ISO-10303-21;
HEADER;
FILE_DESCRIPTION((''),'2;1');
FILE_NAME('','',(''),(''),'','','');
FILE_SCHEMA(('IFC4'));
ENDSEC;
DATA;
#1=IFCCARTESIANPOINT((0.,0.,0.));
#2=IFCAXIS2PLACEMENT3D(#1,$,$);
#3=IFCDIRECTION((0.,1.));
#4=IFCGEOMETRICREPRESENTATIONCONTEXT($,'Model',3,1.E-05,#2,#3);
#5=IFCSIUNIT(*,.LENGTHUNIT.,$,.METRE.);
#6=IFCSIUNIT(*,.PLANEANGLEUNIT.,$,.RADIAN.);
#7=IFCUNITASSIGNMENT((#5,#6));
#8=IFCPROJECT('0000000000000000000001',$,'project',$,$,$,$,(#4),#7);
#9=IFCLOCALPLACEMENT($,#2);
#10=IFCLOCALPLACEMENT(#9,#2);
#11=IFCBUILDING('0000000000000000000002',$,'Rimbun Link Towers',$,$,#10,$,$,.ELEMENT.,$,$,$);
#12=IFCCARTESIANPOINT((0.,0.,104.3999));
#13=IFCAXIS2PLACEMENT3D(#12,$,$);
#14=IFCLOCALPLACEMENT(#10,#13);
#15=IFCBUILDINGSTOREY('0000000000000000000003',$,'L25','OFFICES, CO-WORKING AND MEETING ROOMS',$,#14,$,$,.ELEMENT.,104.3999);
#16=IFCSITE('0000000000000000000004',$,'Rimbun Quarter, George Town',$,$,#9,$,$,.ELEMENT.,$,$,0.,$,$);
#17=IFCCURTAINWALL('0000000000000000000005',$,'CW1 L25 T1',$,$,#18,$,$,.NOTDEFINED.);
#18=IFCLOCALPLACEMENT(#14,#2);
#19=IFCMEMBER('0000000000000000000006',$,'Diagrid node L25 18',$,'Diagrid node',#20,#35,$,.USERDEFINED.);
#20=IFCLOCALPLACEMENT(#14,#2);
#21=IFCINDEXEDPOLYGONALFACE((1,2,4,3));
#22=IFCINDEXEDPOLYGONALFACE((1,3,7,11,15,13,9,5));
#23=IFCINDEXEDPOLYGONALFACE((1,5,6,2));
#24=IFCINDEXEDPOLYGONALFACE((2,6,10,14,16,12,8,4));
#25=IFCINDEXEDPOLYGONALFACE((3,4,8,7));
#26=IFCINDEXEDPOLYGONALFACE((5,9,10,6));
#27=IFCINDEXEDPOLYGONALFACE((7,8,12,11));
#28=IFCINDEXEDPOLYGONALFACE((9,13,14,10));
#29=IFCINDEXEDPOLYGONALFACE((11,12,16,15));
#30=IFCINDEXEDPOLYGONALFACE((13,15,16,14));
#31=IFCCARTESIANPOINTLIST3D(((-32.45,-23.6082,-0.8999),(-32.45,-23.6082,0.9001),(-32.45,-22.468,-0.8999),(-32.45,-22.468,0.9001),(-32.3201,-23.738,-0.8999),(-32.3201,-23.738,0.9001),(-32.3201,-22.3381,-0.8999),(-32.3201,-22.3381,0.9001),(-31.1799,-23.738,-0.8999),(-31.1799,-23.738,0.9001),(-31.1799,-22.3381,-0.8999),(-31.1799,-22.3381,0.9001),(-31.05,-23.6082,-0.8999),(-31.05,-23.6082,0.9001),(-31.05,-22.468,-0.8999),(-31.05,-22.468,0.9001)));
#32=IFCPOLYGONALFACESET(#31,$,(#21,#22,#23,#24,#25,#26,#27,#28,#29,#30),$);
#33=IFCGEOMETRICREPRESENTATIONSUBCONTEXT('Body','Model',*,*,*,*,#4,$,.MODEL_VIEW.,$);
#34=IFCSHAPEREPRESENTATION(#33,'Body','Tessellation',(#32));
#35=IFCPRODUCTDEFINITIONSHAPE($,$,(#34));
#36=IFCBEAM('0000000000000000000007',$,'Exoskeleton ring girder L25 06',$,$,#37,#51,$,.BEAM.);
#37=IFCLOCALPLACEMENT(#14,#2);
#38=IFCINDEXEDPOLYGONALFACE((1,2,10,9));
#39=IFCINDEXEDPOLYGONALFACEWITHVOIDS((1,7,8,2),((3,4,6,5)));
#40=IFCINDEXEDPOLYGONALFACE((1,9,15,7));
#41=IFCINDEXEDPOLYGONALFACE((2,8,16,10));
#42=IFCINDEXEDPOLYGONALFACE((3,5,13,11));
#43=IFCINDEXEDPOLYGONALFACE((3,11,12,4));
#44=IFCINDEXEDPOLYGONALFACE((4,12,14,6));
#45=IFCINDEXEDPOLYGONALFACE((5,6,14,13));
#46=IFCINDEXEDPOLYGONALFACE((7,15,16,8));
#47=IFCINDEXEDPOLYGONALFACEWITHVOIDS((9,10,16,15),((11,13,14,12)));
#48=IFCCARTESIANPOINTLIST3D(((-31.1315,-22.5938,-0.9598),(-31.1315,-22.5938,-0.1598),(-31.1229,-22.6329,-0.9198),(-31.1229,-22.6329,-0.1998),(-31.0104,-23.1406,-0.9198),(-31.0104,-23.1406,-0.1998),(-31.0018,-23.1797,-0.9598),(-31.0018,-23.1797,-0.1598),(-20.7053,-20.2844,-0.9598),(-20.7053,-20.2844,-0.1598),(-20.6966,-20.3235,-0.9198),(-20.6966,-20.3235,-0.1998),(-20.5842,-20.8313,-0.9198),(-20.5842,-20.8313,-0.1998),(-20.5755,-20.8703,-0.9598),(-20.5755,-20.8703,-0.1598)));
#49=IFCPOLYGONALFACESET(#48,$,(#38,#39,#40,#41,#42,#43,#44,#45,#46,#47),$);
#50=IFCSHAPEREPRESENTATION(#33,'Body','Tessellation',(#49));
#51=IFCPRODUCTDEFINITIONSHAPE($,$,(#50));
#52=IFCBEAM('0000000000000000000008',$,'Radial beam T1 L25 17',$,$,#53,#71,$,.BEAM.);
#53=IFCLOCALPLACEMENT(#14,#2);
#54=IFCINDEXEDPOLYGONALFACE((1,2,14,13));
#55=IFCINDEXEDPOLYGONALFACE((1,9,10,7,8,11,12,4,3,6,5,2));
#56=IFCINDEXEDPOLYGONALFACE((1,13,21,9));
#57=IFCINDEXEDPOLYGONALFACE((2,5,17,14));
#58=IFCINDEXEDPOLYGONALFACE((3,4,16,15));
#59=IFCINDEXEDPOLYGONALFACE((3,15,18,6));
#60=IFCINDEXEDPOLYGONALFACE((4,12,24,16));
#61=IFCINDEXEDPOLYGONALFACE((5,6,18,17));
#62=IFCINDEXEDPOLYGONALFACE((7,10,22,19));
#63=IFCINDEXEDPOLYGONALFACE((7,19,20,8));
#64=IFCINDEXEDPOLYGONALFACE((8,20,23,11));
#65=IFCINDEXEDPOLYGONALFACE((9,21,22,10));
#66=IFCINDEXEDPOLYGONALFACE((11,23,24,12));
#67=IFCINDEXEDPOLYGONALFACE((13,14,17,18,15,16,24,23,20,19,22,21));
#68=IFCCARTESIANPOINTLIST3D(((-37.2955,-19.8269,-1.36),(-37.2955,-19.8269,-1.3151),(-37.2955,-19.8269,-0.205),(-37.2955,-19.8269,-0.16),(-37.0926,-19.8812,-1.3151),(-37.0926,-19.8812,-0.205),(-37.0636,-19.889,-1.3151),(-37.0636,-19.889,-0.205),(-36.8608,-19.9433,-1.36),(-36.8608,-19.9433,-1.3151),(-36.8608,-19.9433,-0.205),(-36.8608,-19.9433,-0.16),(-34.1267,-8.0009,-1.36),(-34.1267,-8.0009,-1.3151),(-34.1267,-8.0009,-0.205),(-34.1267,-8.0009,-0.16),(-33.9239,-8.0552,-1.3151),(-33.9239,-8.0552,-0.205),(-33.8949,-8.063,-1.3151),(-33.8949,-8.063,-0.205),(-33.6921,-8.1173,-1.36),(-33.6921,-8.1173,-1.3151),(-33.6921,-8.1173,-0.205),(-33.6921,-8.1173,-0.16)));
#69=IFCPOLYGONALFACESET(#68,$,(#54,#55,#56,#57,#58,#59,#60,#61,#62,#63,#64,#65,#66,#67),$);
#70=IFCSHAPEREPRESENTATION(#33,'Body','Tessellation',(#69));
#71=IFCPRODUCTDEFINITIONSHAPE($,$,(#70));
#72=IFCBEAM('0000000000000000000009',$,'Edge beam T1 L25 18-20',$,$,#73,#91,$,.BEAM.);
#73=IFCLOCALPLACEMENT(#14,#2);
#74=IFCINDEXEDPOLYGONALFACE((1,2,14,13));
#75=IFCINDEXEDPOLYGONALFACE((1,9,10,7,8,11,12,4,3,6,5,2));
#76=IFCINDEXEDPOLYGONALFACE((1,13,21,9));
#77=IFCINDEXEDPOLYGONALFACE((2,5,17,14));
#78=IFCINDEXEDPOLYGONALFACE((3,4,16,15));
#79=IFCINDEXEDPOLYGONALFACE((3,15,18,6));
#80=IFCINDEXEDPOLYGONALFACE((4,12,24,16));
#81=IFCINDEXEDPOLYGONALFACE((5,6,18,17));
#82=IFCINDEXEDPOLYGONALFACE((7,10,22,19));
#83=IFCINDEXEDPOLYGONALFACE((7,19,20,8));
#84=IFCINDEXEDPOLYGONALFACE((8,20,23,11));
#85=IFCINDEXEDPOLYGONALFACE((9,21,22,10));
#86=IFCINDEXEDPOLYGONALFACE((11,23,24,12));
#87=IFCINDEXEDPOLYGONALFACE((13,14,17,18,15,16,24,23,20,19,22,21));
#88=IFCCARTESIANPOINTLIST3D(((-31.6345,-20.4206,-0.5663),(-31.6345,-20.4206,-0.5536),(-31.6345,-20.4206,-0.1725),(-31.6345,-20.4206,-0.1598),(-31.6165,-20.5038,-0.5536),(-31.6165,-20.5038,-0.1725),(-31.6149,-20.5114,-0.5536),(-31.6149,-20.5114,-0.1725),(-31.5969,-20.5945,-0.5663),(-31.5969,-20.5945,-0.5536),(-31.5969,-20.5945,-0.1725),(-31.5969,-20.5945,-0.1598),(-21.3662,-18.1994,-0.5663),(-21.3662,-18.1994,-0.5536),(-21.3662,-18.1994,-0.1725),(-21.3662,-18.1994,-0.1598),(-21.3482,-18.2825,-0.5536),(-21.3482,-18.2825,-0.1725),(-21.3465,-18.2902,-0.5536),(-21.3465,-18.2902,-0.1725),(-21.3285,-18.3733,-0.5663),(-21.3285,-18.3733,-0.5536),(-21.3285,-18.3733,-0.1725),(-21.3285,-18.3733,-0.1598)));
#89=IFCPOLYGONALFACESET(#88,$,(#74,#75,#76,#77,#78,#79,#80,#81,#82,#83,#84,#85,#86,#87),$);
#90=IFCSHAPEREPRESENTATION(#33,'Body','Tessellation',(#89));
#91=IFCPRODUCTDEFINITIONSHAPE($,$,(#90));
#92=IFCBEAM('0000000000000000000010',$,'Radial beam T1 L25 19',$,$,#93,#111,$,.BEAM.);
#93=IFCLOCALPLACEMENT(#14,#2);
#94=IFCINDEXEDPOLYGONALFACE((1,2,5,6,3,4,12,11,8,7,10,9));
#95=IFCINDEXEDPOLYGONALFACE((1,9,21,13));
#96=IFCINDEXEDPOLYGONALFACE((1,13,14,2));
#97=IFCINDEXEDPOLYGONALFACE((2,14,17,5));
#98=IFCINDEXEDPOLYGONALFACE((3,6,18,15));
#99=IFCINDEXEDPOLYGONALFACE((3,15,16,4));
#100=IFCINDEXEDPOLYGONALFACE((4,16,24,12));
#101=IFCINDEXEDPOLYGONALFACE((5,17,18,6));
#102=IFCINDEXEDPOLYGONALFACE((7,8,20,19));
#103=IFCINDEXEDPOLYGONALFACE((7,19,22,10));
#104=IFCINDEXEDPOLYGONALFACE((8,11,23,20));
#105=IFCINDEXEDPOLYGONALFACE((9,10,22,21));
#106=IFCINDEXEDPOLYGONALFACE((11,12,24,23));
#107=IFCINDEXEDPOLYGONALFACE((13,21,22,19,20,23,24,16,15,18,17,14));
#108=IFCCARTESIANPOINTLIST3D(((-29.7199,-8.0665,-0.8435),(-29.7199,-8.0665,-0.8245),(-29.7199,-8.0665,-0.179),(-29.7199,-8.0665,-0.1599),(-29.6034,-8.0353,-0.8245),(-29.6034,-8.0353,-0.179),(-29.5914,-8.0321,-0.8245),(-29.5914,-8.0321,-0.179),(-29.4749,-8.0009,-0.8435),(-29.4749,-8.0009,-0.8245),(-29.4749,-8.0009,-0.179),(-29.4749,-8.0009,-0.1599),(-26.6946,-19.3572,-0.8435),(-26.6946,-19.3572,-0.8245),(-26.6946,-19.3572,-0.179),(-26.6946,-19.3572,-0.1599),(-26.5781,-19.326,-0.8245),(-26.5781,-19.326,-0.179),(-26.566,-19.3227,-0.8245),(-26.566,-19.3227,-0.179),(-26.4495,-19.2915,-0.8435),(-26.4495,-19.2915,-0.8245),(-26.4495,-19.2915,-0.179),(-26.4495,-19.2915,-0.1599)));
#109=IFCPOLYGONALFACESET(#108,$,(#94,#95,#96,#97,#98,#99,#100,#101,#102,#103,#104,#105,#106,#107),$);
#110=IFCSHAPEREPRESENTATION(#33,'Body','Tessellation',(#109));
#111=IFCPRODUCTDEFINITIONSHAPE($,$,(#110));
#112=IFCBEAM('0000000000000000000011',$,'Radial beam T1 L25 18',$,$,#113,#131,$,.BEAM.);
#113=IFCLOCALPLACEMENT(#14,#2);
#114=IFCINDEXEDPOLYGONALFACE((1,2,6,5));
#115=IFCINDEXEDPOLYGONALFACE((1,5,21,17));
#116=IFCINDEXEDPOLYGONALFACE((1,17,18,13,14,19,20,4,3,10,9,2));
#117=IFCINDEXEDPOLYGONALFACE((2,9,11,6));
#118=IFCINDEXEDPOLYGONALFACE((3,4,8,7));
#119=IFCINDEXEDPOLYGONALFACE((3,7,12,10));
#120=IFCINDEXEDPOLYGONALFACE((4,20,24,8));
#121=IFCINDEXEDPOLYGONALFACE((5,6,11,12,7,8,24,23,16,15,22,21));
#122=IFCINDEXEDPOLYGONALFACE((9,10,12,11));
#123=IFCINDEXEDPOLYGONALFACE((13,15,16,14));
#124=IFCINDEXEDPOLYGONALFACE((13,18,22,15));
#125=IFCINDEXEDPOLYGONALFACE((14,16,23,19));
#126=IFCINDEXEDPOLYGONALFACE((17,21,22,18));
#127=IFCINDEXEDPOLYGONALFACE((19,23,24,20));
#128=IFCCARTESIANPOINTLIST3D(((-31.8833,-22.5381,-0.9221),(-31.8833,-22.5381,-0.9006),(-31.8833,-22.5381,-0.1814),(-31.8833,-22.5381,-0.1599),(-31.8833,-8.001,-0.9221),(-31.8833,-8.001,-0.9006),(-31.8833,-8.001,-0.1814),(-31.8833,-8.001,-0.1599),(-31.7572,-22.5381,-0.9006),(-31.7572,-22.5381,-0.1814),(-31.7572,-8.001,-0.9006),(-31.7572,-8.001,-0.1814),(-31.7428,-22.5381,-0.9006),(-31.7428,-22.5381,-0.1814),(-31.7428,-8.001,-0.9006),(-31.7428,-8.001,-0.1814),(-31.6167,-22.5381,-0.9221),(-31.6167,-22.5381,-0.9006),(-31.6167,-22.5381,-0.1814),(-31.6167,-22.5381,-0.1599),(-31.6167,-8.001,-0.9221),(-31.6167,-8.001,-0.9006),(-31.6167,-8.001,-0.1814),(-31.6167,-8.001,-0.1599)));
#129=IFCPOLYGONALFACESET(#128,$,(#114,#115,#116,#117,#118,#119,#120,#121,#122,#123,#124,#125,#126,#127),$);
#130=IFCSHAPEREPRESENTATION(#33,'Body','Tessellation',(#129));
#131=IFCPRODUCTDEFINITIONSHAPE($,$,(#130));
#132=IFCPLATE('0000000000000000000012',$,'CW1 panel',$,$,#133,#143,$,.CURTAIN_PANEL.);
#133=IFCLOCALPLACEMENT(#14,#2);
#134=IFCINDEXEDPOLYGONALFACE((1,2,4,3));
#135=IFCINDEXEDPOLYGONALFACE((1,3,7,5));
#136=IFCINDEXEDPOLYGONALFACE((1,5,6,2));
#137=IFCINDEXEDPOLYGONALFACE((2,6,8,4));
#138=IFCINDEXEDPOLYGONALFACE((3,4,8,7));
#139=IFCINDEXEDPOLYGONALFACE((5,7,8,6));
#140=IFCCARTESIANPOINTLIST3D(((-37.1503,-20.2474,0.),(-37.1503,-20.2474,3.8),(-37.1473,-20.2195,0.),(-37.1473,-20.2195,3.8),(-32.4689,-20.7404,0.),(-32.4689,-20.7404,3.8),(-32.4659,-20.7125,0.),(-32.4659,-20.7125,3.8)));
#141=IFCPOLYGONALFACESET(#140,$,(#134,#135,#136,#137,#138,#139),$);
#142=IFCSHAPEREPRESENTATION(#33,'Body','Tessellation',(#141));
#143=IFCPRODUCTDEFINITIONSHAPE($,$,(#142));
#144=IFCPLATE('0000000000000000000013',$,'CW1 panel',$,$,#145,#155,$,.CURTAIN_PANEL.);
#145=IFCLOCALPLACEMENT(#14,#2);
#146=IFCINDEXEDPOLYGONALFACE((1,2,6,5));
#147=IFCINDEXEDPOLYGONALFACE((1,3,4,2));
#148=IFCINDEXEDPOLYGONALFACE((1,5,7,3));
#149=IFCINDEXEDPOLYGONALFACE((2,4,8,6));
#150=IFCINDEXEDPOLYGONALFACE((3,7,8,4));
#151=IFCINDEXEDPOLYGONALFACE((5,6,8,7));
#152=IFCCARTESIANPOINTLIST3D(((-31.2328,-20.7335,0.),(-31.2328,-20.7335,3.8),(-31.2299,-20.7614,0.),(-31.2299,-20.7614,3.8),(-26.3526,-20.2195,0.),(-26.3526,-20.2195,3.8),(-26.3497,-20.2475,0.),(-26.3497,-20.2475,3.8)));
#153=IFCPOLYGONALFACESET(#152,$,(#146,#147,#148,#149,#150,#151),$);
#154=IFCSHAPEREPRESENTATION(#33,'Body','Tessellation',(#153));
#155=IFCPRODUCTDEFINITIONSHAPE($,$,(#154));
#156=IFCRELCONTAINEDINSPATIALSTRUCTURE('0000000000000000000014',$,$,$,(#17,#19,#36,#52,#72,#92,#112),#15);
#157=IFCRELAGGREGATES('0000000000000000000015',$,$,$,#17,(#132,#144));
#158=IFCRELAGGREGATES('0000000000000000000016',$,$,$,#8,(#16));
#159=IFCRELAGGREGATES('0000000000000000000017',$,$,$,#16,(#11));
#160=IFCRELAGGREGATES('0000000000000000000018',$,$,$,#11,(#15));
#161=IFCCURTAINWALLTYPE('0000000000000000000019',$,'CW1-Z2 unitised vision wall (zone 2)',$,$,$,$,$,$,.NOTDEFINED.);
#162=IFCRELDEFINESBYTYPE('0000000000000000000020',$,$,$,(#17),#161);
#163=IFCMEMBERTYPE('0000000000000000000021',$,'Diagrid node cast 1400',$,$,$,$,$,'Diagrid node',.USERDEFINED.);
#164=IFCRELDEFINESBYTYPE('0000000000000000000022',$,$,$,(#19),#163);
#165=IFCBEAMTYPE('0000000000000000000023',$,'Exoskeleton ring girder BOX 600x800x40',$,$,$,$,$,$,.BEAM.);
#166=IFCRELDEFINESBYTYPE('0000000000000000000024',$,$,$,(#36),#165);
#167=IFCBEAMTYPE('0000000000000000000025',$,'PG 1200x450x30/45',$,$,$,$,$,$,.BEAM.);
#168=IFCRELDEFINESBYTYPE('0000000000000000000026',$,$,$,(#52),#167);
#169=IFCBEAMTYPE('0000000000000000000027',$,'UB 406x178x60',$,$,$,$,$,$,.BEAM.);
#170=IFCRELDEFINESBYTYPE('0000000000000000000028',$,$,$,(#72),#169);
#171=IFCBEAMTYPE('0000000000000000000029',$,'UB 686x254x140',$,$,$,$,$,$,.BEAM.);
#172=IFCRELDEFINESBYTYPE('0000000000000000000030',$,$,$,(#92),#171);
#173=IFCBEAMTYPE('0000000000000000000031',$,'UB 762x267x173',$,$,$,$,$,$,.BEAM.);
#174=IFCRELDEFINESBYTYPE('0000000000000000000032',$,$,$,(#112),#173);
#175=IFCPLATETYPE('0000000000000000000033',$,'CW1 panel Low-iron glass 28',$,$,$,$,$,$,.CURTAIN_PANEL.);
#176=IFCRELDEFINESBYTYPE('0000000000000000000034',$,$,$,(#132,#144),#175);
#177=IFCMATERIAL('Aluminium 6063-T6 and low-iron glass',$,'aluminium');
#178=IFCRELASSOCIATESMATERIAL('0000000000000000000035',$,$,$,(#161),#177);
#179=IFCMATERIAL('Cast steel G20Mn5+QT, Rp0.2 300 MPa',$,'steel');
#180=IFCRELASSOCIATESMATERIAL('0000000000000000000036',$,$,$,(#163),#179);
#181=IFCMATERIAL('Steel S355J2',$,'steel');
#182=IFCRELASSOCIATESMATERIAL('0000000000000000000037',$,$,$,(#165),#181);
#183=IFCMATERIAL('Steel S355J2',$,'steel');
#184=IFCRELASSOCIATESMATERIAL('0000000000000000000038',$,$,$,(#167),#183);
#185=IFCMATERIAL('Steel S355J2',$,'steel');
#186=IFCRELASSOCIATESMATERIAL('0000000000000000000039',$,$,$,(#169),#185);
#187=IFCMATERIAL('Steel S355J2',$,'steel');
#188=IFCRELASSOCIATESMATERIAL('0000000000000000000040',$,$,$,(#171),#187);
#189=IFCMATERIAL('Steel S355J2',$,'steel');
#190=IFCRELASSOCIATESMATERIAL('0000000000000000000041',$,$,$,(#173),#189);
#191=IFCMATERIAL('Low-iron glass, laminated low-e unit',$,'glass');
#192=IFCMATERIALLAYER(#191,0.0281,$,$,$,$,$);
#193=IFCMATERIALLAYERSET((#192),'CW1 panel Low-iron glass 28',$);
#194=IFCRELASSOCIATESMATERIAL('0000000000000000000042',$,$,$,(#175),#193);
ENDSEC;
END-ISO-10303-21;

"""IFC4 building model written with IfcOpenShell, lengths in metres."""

from ifc_helpers import new_model, si_unit, direction, frame, origin, origin_2d, place, context, subcontext, project, spatial, polyline, rectangle, hollow_rectangle, i_section, outline, extrude, material, layer, layer_set, material_profile, profile_set, type_object, element, aggregate, save


model = new_model("IFC4")

# Units and contexts
model_context = context("Model", 3, precision=1e-05, world=origin(), true_north=direction((0.0, 1.0)))
body_context = subcontext(model_context, "Body", "Model", "MODEL_VIEW")
ifc_project = project(units=[si_unit("LENGTHUNIT", "METRE"), si_unit("PLANEANGLEUNIT", "RADIAN")], contexts=[model_context])

# Site, building, storey
site_placement = place(None, origin())
site = spatial("IfcSite", under=ifc_project, at=site_placement, Name="Rimbun Quarter, George Town", CompositionType="ELEMENT", RefElevation=0.0)
building_placement = place(site_placement, origin())
building = spatial("IfcBuilding", under=site, at=building_placement, Name="Rimbun Link Towers", CompositionType="ELEMENT")
storey_placement = place(building_placement, frame((0.0, 0.0, 104.3999)))
storey = spatial("IfcBuildingStorey", under=building, at=storey_placement, Name="L25", Description="OFFICES, CO-WORKING AND MEETING ROOMS", CompositionType="ELEMENT", Elevation=104.3999)

# Curtain wall
ifc_material_1 = material(Name="Aluminium 6063-T6 and low-iron glass", Category="aluminium")
curtain_wall_type = type_object("IfcCurtainWallType", Name="CW1-Z2 unitised vision wall (zone 2)", PredefinedType="NOTDEFINED", material=ifc_material_1)
curtain_wall_placement = place(storey_placement, origin())
curtain_wall = element("IfcCurtainWall", 1, at=curtain_wall_placement, inside=storey, type_object=curtain_wall_type, Name="CW1 L25 T1", PredefinedType="NOTDEFINED")

# Member
ifc_material_2 = material(Name="Cast steel G20Mn5+QT, Rp0.2 300 MPa", Category="steel")
ifc_material_profile_1 = material_profile(ifc_material_2, outline(polyline([(0.7, -0.5701), (0.7, 0.5701), (0.5701, 0.7), (-0.5701, 0.7), (-0.7, 0.5701), (-0.7, -0.5701), (-0.5701, -0.7), (0.5701, -0.7), (0.7, -0.5701)])), Name="NODE 1400x1400")
ifc_profile_set_1 = profile_set([ifc_material_profile_1], Name="Cast steel G20Mn5+QT, Rp0.2 300 MPa")
member_type_1 = type_object("IfcMemberType", Name="Diagrid node cast 1400", ElementType="Diagrid node", PredefinedType="USERDEFINED", material=ifc_profile_set_1)
member_1_placement = place(storey_placement, frame((-31.75, -23.0381, -0.8999), z_axis=(0.0, 0.0, 1.0), x_axis=(0.0, -1.0, 0.0)))
element("IfcMember", 2, at=member_1_placement, inside=storey, type_object=member_type_1, Name="Diagrid node L25 18", ObjectType="Diagrid node", PredefinedType="USERDEFINED", context=body_context, shape_type="SweptSolid", body=[
    extrude(outline(polyline([(0.7, -0.5701), (0.7, 0.5701), (0.5701, 0.7), (-0.5701, 0.7), (-0.7, 0.5701), (-0.7, -0.5701), (-0.5701, -0.7), (0.5701, -0.7), (0.7, -0.5701)])), origin(), (0.0, 0.0, 1.0), 1.8),
])

# Beams
ifc_material_3 = material(Name="Steel S355J2", Category="steel")
ifc_material_profile_2 = material_profile(ifc_material_3, hollow_rectangle(XDim=0.6001, YDim=0.8, WallThickness=0.04, at=origin_2d()), Name="Exoskeleton ring girder BOX 600x800x40")
ifc_profile_set_2 = profile_set([ifc_material_profile_2], Name="Steel S355J2")
beam_type_1 = type_object("IfcBeamType", Name="Exoskeleton ring girder BOX 600x800x40", PredefinedType="BEAM", material=ifc_profile_set_2)
beam_1_placement = place(storey_placement, frame((-31.0667, -22.8867, -0.5598), z_axis=(0.976338, 0.21625, 0.0), x_axis=(-0.21625, 0.976338, 0.0)))
element("IfcBeam", 3, at=beam_1_placement, inside=storey, type_object=beam_type_1, Name="Exoskeleton ring girder L25 06", PredefinedType="BEAM", context=body_context, shape_type="SweptSolid", body=[
    extrude(hollow_rectangle(XDim=0.6001, YDim=0.8, WallThickness=0.04, at=origin_2d()), origin(), (0.0, 0.0, 1.0), 10.679),
])
ifc_material_4 = material(Name="Steel S355J2", Category="steel")
ifc_material_profile_3 = material_profile(ifc_material_4, i_section(OverallWidth=0.45, OverallDepth=1.2, WebThickness=0.03, FlangeThickness=0.0449, at=origin_2d()), Name="PG 1200x450x30/45")
ifc_profile_set_3 = profile_set([ifc_material_profile_3], Name="Steel S355J2")
beam_type_2 = type_object("IfcBeamType", Name="PG 1200x450x30/45", PredefinedType="BEAM", material=ifc_profile_set_3)
beam_2_placement = place(storey_placement, frame((-33.9094, -8.0591, -0.76), z_axis=(-0.258815, -0.965927, 0.0), x_axis=(0.965927, -0.258815, 0.0)))
element("IfcBeam", 4, at=beam_2_placement, inside=storey, type_object=beam_type_2, Name="Radial beam T1 L25 17", PredefinedType="BEAM", context=body_context, shape_type="SweptSolid", body=[
    extrude(i_section(OverallWidth=0.45, OverallDepth=1.2, WebThickness=0.03, FlangeThickness=0.0449, at=origin_2d()), origin(), (0.0, 0.0, 1.0), 12.2432),
])
ifc_material_5 = material(Name="Steel S355J2", Category="steel")
ifc_material_profile_4 = material_profile(ifc_material_5, i_section(OverallWidth=0.178, OverallDepth=0.4065, WebThickness=0.0078, FlangeThickness=0.0127, at=origin_2d()), Name="UB 406x178x60")
ifc_profile_set_4 = profile_set([ifc_material_profile_4], Name="Steel S355J2")
beam_type_3 = type_object("IfcBeamType", Name="UB 406x178x60", PredefinedType="BEAM", material=ifc_profile_set_4)
beam_3_placement = place(storey_placement, frame((-31.6157, -20.5076, -0.363), z_axis=(0.977394, 0.211425, 0.0), x_axis=(-0.211425, 0.977394, 0.0)))
element("IfcBeam", 5, at=beam_3_placement, inside=storey, type_object=beam_type_3, Name="Edge beam T1 L25 18-20", PredefinedType="BEAM", context=body_context, shape_type="SweptSolid", body=[
    extrude(i_section(OverallWidth=0.178, OverallDepth=0.4065, WebThickness=0.0078, FlangeThickness=0.0127, at=origin_2d()), origin(), (0.0, 0.0, 1.0), 10.5059),
])
ifc_material_6 = material(Name="Steel S355J2", Category="steel")
ifc_material_profile_5 = material_profile(ifc_material_6, i_section(OverallWidth=0.2537, OverallDepth=0.6836, WebThickness=0.0125, FlangeThickness=0.019, at=origin_2d()), Name="UB 686x254x140")
ifc_profile_set_5 = profile_set([ifc_material_profile_5], Name="Steel S355J2")
beam_type_4 = type_object("IfcBeamType", Name="UB 686x254x140", PredefinedType="BEAM", material=ifc_profile_set_5)
beam_4_placement = place(storey_placement, frame((-29.5974, -8.0337, -0.5017), z_axis=(0.258822, -0.965925, 0.0), x_axis=(0.965925, 0.258822, 0.0)))
element("IfcBeam", 6, at=beam_4_placement, inside=storey, type_object=beam_type_4, Name="Radial beam T1 L25 19", PredefinedType="BEAM", context=body_context, shape_type="SweptSolid", body=[
    extrude(i_section(OverallWidth=0.2537, OverallDepth=0.6836, WebThickness=0.0125, FlangeThickness=0.019, at=origin_2d()), origin(), (0.0, 0.0, 1.0), 11.689),
])
ifc_material_7 = material(Name="Steel S355J2", Category="steel")
ifc_material_profile_6 = material_profile(ifc_material_7, i_section(OverallWidth=0.2666, OverallDepth=0.7622, WebThickness=0.0144, FlangeThickness=0.0215, at=origin_2d()), Name="UB 762x267x173")
ifc_profile_set_6 = profile_set([ifc_material_profile_6], Name="Steel S355J2")
beam_type_5 = type_object("IfcBeamType", Name="UB 762x267x173", PredefinedType="BEAM", material=ifc_profile_set_6)
beam_5_placement = place(storey_placement, frame((-31.75, -8.001, -0.541), z_axis=(0.0, -1.0, 0.0), x_axis=(1.0, 0.0, 0.0)))
element("IfcBeam", 7, at=beam_5_placement, inside=storey, type_object=beam_type_5, Name="Radial beam T1 L25 18", PredefinedType="BEAM", context=body_context, shape_type="SweptSolid", body=[
    extrude(i_section(OverallWidth=0.2666, OverallDepth=0.7622, WebThickness=0.0144, FlangeThickness=0.0215, at=origin_2d()), origin(), (0.0, 0.0, 1.0), 14.5371),
])

# Plates
ifc_material_8 = material(Name="Low-iron glass, laminated low-e unit", Category="glass")
ifc_layer_1 = layer(ifc_material_8, 0.0281)
ifc_layer_set_1 = layer_set([ifc_layer_1], Name="CW1 panel Low-iron glass 28")
plate_type = type_object("IfcPlateType", Name="CW1 panel Low-iron glass 28", PredefinedType="CURTAIN_PANEL", material=ifc_layer_set_1)
plate_1_placement = place(storey_placement, frame((-34.8081, -20.48, 0.0), z_axis=(0.0, 0.0, 1.0), x_axis=(-0.994501, 0.104732, 0.0)))
plate_1 = element("IfcPlate", 8, at=plate_1_placement, type_object=plate_type, Name="CW1 panel", PredefinedType="CURTAIN_PANEL", context=body_context, shape_type="SweptSolid", body=[
    extrude(rectangle(XDim=4.7073, YDim=0.0281, at=origin_2d()), origin(), (0.0, 0.0, 1.0), 3.8),
])
plate_2_placement = place(storey_placement, frame((-28.7913, -20.4905, 0.0), z_axis=(0.0, 0.0, 1.0), x_axis=(-0.994501, -0.104732, 0.0)))
plate_2 = element("IfcPlate", 9, at=plate_2_placement, type_object=plate_type, Name="CW1 panel", PredefinedType="CURTAIN_PANEL", context=body_context, shape_type="SweptSolid", body=[
    extrude(rectangle(XDim=4.9072, YDim=0.0281, at=origin_2d()), origin(), (0.0, 0.0, 1.0), 3.8),
])
aggregate(curtain_wall, [plate_1, plate_2])

save(model, "model.ifc")
